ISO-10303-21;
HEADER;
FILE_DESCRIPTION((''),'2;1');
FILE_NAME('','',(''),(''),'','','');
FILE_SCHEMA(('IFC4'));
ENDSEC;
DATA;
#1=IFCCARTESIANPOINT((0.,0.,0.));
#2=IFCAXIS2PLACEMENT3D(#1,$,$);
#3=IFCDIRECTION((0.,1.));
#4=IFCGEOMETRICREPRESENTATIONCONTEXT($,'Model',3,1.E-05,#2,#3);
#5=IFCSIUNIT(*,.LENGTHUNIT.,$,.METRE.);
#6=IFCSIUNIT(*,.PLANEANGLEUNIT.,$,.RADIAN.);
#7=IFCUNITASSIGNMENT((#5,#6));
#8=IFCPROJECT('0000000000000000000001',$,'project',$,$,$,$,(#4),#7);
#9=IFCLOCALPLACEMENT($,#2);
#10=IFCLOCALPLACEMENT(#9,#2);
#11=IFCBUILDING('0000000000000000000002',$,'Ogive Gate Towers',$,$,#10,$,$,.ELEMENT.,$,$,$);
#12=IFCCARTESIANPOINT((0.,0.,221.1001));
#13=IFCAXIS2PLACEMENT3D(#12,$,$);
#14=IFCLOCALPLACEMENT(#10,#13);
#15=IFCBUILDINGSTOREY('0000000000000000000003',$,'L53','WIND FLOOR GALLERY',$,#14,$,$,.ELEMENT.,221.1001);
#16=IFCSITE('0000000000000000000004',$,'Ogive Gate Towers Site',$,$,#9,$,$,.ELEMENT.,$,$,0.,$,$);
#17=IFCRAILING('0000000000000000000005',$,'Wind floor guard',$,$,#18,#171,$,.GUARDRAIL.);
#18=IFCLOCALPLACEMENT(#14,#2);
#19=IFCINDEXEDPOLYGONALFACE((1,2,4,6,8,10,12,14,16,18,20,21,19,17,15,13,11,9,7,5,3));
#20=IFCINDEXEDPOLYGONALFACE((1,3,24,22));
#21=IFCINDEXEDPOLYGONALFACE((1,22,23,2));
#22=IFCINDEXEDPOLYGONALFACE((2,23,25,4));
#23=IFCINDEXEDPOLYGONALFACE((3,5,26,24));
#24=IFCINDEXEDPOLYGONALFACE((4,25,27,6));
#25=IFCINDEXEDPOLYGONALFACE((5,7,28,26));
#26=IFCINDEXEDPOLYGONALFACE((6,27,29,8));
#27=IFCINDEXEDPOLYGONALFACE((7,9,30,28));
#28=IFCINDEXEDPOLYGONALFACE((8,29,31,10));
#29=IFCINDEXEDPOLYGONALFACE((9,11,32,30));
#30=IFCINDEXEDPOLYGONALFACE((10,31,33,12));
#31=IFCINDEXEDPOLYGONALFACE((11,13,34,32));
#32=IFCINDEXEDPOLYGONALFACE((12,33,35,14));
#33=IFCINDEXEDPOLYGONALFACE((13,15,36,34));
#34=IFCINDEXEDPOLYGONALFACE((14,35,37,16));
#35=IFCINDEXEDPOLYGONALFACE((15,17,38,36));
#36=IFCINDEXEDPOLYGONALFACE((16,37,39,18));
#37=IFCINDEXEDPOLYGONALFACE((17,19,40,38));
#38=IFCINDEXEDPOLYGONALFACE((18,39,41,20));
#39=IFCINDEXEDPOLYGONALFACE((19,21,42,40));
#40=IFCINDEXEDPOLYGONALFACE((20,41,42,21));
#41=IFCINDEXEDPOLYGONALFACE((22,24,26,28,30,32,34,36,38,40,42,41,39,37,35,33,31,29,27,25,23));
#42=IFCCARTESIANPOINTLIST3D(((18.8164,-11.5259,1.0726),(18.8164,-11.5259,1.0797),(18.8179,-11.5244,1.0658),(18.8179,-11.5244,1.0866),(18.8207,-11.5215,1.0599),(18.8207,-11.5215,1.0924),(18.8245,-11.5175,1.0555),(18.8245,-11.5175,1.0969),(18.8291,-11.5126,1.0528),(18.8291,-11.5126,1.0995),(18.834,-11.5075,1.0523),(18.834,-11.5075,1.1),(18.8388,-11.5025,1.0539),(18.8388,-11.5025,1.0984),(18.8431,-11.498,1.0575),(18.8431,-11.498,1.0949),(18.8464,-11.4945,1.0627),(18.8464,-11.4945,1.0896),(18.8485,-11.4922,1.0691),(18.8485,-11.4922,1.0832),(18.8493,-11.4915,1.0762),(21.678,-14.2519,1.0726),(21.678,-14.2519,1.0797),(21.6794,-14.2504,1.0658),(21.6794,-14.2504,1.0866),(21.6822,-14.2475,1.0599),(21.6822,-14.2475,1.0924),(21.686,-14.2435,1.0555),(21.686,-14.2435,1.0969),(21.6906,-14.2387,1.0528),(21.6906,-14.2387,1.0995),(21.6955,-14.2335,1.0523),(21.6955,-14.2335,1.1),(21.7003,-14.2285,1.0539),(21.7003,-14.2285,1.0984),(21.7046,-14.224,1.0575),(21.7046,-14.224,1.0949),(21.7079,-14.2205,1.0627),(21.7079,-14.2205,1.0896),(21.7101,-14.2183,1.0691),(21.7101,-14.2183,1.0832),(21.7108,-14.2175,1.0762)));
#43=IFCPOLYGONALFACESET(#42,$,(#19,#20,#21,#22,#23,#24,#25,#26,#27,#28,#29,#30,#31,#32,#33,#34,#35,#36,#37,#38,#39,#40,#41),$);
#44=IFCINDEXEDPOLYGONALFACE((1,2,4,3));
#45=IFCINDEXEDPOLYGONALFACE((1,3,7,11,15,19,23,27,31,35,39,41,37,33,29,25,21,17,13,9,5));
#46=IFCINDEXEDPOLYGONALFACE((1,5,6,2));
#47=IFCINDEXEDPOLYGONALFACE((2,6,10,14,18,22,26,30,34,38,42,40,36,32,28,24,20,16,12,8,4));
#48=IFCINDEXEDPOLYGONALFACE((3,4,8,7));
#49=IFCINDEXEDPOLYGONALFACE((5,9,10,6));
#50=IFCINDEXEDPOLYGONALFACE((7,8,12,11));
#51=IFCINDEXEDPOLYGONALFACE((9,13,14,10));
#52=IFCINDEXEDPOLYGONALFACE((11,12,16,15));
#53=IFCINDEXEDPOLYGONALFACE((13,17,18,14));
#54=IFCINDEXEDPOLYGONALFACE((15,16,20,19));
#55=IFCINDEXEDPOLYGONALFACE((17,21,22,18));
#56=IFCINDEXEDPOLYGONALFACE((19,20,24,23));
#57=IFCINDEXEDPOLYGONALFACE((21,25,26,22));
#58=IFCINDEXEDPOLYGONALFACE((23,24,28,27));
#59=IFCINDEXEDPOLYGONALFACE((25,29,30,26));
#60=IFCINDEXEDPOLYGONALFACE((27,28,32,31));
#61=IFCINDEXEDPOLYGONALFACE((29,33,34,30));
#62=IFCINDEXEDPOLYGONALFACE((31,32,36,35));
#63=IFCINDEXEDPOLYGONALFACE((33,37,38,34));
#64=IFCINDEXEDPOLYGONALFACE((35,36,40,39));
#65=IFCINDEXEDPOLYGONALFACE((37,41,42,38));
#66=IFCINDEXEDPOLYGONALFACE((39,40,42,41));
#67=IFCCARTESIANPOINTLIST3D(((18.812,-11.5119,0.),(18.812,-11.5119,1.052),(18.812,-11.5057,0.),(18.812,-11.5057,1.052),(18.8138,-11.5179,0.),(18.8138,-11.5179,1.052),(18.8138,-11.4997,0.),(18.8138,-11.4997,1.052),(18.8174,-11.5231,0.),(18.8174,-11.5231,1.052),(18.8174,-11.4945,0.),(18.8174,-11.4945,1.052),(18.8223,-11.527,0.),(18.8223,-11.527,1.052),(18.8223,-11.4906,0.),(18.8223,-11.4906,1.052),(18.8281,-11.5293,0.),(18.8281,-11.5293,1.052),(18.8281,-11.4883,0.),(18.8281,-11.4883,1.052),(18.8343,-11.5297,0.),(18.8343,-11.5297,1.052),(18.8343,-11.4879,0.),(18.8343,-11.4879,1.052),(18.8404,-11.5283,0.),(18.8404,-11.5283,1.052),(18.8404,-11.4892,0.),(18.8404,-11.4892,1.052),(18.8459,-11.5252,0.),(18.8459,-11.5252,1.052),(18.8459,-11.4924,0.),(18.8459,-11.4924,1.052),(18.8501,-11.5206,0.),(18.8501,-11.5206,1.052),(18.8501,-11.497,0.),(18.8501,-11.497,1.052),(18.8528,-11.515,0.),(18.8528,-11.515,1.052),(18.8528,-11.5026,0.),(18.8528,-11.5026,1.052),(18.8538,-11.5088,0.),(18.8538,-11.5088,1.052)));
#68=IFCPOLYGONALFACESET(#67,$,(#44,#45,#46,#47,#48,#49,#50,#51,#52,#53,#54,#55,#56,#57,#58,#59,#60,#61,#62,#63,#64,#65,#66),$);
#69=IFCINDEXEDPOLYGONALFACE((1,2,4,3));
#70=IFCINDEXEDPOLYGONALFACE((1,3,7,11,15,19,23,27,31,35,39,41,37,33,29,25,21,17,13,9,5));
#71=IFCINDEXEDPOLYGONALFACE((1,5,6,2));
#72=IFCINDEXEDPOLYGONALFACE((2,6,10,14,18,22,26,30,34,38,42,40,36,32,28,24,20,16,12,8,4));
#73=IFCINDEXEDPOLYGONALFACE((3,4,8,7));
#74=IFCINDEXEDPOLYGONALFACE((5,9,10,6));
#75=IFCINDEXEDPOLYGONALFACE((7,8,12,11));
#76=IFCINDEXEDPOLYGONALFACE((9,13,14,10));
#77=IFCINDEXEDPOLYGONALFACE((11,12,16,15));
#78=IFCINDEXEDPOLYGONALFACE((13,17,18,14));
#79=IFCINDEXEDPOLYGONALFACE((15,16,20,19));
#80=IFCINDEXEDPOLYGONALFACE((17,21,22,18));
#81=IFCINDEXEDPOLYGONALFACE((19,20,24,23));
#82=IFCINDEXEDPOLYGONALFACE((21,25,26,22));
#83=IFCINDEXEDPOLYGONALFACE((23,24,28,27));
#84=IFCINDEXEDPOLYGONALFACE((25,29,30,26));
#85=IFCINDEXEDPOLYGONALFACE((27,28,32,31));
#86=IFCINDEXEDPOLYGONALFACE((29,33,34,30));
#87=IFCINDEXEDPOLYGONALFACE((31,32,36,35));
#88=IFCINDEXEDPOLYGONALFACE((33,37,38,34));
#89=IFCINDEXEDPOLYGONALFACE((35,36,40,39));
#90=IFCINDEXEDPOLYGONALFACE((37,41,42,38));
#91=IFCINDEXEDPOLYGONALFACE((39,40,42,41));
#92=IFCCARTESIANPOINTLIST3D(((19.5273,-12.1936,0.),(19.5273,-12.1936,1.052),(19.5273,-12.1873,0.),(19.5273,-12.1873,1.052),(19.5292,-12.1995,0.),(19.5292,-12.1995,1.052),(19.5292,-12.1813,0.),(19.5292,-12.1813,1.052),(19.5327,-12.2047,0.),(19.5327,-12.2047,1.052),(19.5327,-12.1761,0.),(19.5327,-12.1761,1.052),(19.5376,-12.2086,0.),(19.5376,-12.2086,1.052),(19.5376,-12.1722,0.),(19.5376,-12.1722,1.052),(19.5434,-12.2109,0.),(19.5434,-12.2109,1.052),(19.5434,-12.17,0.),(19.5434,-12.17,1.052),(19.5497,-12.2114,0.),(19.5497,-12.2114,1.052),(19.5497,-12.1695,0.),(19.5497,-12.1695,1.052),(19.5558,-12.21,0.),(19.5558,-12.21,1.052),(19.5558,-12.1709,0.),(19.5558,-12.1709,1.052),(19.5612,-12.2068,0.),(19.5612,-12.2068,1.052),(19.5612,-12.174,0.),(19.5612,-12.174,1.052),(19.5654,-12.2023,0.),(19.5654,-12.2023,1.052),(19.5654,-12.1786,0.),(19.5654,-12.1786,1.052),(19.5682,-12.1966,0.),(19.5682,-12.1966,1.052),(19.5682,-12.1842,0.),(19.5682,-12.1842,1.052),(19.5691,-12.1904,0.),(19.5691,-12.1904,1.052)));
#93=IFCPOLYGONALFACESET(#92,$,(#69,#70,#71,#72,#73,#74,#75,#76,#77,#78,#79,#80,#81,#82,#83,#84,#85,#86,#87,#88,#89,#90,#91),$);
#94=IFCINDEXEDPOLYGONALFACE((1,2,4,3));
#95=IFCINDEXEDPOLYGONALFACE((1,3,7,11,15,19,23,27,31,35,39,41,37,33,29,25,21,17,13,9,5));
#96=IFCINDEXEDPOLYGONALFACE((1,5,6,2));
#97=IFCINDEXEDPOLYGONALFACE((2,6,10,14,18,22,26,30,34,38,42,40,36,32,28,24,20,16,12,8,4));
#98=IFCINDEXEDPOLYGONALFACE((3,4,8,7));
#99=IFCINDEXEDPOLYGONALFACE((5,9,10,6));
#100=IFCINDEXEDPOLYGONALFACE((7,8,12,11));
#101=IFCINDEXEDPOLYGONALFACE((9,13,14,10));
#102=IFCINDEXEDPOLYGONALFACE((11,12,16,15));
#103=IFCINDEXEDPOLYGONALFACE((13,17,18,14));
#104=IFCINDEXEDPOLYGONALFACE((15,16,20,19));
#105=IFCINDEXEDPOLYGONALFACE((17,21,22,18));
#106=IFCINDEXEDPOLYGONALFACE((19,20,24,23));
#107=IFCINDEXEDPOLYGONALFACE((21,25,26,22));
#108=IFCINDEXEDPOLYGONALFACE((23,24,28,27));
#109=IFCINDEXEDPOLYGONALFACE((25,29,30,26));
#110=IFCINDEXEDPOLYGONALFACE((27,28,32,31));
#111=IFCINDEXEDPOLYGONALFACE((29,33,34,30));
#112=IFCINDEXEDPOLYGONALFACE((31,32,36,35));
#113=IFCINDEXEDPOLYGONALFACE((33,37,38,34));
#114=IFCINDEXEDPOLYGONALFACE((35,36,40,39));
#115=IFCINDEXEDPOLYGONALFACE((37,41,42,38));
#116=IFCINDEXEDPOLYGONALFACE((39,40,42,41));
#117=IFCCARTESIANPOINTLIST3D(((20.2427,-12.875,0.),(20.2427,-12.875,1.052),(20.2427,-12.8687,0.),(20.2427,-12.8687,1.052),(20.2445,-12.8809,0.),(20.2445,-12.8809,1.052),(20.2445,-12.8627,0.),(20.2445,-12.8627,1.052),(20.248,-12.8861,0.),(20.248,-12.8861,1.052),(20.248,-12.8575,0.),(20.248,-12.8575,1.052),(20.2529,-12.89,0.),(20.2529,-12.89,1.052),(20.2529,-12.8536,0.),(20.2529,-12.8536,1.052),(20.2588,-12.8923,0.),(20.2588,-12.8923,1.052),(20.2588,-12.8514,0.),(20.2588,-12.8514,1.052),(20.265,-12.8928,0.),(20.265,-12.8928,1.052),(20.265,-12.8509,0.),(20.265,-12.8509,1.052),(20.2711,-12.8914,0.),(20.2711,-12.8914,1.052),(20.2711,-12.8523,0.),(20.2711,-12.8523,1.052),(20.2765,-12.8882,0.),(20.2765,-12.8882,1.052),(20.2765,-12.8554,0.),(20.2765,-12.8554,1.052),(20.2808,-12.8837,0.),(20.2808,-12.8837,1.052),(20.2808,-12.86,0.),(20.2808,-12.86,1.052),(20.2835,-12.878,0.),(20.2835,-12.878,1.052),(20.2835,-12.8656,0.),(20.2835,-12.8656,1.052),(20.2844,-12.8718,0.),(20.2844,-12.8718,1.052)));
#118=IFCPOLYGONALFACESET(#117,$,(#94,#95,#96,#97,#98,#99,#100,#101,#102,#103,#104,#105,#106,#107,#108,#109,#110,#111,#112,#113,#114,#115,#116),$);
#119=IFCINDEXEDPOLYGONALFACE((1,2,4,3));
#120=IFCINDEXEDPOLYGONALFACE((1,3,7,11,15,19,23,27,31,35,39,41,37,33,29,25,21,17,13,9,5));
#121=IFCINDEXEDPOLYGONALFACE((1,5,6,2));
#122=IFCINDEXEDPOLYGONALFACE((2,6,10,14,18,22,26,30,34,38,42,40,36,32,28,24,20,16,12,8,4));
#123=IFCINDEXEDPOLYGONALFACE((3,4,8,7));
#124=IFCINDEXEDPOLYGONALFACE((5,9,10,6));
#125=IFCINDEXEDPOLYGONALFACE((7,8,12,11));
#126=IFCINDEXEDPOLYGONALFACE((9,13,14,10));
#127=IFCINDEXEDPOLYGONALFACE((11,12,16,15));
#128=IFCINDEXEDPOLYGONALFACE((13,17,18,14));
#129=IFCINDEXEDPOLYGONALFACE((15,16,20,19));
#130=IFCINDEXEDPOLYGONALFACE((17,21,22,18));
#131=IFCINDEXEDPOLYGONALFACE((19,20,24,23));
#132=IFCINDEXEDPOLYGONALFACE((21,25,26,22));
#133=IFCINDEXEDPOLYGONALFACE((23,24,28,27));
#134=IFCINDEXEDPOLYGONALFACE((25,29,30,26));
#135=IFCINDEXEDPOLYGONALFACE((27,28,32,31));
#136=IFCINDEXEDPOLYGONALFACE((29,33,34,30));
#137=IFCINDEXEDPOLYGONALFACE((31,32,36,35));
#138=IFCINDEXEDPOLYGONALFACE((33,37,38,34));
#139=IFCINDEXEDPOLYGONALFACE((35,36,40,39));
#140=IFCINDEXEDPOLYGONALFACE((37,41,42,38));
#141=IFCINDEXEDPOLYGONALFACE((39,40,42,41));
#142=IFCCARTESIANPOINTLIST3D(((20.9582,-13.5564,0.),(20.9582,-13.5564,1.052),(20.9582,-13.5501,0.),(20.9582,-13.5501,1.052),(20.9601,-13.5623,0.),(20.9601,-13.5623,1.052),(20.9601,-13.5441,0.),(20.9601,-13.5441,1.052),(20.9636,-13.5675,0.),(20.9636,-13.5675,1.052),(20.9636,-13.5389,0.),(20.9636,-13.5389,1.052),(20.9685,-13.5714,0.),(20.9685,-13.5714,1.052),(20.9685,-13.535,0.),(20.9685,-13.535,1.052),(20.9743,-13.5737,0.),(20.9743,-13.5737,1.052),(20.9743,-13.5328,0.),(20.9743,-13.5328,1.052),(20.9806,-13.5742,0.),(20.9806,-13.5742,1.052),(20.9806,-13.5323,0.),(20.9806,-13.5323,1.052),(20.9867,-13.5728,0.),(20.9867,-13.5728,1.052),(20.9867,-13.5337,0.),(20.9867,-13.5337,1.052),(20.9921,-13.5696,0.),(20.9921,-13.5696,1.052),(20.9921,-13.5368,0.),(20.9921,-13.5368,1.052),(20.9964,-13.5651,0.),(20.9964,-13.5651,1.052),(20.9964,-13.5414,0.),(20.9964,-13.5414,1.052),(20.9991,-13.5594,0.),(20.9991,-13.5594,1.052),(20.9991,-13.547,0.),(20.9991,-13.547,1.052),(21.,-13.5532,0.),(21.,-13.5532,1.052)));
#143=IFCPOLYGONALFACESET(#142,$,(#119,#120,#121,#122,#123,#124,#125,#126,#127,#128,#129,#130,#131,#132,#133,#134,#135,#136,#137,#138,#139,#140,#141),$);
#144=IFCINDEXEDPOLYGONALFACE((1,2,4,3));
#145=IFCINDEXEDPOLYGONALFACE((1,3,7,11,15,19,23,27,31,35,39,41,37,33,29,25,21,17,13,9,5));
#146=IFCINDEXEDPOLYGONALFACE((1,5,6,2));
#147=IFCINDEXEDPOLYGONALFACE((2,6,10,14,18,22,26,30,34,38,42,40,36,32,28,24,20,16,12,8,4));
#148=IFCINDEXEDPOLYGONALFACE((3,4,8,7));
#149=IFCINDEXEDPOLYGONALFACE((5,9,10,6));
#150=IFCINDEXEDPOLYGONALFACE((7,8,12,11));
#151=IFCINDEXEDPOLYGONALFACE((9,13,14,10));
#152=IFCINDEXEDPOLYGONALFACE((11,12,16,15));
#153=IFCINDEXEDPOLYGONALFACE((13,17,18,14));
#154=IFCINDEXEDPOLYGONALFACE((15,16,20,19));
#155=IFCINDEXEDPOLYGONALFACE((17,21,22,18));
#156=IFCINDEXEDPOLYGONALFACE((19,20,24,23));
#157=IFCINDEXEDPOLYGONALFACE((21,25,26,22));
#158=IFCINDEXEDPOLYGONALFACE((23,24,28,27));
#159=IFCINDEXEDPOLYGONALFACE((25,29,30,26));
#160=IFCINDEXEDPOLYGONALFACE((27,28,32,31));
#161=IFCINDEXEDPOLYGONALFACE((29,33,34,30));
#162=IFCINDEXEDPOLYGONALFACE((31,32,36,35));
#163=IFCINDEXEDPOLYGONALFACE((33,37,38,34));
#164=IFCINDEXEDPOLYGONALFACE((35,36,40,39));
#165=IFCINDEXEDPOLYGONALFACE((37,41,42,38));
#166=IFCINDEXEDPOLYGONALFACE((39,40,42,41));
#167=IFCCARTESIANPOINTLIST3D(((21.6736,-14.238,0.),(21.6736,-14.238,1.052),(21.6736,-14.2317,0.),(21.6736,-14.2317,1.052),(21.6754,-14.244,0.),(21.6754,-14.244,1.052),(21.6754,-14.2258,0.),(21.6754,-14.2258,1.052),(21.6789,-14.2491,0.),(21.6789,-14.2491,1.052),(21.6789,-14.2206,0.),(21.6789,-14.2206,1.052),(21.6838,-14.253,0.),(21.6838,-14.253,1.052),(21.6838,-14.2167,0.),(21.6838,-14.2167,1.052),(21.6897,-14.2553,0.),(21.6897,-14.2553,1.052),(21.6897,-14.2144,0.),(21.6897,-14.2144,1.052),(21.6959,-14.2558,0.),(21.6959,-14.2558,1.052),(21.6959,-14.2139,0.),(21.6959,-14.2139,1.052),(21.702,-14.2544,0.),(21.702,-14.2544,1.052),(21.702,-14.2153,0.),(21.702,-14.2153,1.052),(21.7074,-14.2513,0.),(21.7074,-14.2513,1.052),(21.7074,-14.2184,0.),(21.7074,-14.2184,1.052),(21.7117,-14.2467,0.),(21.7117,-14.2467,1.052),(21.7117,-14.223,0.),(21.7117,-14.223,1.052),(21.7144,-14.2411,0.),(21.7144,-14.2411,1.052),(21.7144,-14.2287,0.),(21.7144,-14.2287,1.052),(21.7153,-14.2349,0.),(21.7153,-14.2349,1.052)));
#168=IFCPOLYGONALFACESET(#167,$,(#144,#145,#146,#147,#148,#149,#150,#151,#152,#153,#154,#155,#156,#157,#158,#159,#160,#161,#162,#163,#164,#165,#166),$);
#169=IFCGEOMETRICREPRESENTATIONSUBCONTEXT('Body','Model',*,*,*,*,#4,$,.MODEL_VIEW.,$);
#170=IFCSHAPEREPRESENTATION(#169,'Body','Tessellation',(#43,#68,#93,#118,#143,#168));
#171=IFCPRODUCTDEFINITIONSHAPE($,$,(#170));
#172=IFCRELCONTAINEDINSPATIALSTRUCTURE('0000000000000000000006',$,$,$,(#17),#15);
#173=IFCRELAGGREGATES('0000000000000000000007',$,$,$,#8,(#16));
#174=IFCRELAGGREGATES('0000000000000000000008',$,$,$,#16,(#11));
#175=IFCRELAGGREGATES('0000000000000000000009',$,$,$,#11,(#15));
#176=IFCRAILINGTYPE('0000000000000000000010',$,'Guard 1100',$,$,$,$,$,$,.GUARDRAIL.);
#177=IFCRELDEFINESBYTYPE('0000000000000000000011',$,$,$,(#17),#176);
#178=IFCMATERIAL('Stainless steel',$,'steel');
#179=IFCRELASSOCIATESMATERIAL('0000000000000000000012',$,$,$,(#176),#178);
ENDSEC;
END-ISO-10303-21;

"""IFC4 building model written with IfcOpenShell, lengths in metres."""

from ifc_helpers import new_model, si_unit, direction, frame, origin, origin_2d, place, context, subcontext, project, spatial, circle, extrude, material, type_object, element, save


model = new_model("IFC4")

# Units and contexts
model_context = context("Model", 3, precision=1e-05, world=origin(), true_north=direction((0.0, 1.0)))
body_context = subcontext(model_context, "Body", "Model", "MODEL_VIEW")
ifc_project = project(units=[si_unit("LENGTHUNIT", "METRE"), si_unit("PLANEANGLEUNIT", "RADIAN")], contexts=[model_context])

# Site, building, storey
site_placement = place(None, origin())
site = spatial("IfcSite", under=ifc_project, at=site_placement, Name="Ogive Gate Towers Site", CompositionType="ELEMENT", RefElevation=0.0)
building_placement = place(site_placement, origin())
building = spatial("IfcBuilding", under=site, at=building_placement, Name="Ogive Gate Towers", CompositionType="ELEMENT")
storey_placement = place(building_placement, frame((0.0, 0.0, 221.1001)))
storey = spatial("IfcBuildingStorey", under=building, at=storey_placement, Name="L53", Description="WIND FLOOR GALLERY", CompositionType="ELEMENT", Elevation=221.1001)

# Railing
ifc_material_1 = material(Name="Stainless steel", Category="steel")
railing_type = type_object("IfcRailingType", Name="Guard 1100", PredefinedType="GUARDRAIL", material=ifc_material_1)
railing_1_placement = place(storey_placement, frame((18.8328, -11.5088, 0.0)))
element("IfcRailing", 1, at=railing_1_placement, inside=storey, type_object=railing_type, Name="Wind floor guard", PredefinedType="GUARDRAIL", context=body_context, shape_type="SweptSolid", body=[
    extrude(circle(Radius=0.0239, at=origin_2d()), frame((0.0, 0.0, 1.0762), z_axis=(0.724041, -0.689757, 0.0), x_axis=(0.689757, 0.724041, 0.0)), (0.0, 0.0, 1.0), 3.9521),
    extrude(circle(Radius=0.021, at=origin_2d()), origin(), (0.0, 0.0, 1.0), 1.052),
    extrude(circle(Radius=0.021, at=origin_2d()), frame((0.7153, -0.6816, 0.0)), (0.0, 0.0, 1.0), 1.052),
    extrude(circle(Radius=0.021, at=origin_2d()), frame((1.4307, -1.363, 0.0)), (0.0, 0.0, 1.0), 1.052),
    extrude(circle(Radius=0.021, at=origin_2d()), frame((2.1462, -2.0444, 0.0)), (0.0, 0.0, 1.0), 1.052),
    extrude(circle(Radius=0.021, at=origin_2d()), frame((2.8616, -2.7261, 0.0)), (0.0, 0.0, 1.0), 1.052),
])

save(model, "model.ifc")
